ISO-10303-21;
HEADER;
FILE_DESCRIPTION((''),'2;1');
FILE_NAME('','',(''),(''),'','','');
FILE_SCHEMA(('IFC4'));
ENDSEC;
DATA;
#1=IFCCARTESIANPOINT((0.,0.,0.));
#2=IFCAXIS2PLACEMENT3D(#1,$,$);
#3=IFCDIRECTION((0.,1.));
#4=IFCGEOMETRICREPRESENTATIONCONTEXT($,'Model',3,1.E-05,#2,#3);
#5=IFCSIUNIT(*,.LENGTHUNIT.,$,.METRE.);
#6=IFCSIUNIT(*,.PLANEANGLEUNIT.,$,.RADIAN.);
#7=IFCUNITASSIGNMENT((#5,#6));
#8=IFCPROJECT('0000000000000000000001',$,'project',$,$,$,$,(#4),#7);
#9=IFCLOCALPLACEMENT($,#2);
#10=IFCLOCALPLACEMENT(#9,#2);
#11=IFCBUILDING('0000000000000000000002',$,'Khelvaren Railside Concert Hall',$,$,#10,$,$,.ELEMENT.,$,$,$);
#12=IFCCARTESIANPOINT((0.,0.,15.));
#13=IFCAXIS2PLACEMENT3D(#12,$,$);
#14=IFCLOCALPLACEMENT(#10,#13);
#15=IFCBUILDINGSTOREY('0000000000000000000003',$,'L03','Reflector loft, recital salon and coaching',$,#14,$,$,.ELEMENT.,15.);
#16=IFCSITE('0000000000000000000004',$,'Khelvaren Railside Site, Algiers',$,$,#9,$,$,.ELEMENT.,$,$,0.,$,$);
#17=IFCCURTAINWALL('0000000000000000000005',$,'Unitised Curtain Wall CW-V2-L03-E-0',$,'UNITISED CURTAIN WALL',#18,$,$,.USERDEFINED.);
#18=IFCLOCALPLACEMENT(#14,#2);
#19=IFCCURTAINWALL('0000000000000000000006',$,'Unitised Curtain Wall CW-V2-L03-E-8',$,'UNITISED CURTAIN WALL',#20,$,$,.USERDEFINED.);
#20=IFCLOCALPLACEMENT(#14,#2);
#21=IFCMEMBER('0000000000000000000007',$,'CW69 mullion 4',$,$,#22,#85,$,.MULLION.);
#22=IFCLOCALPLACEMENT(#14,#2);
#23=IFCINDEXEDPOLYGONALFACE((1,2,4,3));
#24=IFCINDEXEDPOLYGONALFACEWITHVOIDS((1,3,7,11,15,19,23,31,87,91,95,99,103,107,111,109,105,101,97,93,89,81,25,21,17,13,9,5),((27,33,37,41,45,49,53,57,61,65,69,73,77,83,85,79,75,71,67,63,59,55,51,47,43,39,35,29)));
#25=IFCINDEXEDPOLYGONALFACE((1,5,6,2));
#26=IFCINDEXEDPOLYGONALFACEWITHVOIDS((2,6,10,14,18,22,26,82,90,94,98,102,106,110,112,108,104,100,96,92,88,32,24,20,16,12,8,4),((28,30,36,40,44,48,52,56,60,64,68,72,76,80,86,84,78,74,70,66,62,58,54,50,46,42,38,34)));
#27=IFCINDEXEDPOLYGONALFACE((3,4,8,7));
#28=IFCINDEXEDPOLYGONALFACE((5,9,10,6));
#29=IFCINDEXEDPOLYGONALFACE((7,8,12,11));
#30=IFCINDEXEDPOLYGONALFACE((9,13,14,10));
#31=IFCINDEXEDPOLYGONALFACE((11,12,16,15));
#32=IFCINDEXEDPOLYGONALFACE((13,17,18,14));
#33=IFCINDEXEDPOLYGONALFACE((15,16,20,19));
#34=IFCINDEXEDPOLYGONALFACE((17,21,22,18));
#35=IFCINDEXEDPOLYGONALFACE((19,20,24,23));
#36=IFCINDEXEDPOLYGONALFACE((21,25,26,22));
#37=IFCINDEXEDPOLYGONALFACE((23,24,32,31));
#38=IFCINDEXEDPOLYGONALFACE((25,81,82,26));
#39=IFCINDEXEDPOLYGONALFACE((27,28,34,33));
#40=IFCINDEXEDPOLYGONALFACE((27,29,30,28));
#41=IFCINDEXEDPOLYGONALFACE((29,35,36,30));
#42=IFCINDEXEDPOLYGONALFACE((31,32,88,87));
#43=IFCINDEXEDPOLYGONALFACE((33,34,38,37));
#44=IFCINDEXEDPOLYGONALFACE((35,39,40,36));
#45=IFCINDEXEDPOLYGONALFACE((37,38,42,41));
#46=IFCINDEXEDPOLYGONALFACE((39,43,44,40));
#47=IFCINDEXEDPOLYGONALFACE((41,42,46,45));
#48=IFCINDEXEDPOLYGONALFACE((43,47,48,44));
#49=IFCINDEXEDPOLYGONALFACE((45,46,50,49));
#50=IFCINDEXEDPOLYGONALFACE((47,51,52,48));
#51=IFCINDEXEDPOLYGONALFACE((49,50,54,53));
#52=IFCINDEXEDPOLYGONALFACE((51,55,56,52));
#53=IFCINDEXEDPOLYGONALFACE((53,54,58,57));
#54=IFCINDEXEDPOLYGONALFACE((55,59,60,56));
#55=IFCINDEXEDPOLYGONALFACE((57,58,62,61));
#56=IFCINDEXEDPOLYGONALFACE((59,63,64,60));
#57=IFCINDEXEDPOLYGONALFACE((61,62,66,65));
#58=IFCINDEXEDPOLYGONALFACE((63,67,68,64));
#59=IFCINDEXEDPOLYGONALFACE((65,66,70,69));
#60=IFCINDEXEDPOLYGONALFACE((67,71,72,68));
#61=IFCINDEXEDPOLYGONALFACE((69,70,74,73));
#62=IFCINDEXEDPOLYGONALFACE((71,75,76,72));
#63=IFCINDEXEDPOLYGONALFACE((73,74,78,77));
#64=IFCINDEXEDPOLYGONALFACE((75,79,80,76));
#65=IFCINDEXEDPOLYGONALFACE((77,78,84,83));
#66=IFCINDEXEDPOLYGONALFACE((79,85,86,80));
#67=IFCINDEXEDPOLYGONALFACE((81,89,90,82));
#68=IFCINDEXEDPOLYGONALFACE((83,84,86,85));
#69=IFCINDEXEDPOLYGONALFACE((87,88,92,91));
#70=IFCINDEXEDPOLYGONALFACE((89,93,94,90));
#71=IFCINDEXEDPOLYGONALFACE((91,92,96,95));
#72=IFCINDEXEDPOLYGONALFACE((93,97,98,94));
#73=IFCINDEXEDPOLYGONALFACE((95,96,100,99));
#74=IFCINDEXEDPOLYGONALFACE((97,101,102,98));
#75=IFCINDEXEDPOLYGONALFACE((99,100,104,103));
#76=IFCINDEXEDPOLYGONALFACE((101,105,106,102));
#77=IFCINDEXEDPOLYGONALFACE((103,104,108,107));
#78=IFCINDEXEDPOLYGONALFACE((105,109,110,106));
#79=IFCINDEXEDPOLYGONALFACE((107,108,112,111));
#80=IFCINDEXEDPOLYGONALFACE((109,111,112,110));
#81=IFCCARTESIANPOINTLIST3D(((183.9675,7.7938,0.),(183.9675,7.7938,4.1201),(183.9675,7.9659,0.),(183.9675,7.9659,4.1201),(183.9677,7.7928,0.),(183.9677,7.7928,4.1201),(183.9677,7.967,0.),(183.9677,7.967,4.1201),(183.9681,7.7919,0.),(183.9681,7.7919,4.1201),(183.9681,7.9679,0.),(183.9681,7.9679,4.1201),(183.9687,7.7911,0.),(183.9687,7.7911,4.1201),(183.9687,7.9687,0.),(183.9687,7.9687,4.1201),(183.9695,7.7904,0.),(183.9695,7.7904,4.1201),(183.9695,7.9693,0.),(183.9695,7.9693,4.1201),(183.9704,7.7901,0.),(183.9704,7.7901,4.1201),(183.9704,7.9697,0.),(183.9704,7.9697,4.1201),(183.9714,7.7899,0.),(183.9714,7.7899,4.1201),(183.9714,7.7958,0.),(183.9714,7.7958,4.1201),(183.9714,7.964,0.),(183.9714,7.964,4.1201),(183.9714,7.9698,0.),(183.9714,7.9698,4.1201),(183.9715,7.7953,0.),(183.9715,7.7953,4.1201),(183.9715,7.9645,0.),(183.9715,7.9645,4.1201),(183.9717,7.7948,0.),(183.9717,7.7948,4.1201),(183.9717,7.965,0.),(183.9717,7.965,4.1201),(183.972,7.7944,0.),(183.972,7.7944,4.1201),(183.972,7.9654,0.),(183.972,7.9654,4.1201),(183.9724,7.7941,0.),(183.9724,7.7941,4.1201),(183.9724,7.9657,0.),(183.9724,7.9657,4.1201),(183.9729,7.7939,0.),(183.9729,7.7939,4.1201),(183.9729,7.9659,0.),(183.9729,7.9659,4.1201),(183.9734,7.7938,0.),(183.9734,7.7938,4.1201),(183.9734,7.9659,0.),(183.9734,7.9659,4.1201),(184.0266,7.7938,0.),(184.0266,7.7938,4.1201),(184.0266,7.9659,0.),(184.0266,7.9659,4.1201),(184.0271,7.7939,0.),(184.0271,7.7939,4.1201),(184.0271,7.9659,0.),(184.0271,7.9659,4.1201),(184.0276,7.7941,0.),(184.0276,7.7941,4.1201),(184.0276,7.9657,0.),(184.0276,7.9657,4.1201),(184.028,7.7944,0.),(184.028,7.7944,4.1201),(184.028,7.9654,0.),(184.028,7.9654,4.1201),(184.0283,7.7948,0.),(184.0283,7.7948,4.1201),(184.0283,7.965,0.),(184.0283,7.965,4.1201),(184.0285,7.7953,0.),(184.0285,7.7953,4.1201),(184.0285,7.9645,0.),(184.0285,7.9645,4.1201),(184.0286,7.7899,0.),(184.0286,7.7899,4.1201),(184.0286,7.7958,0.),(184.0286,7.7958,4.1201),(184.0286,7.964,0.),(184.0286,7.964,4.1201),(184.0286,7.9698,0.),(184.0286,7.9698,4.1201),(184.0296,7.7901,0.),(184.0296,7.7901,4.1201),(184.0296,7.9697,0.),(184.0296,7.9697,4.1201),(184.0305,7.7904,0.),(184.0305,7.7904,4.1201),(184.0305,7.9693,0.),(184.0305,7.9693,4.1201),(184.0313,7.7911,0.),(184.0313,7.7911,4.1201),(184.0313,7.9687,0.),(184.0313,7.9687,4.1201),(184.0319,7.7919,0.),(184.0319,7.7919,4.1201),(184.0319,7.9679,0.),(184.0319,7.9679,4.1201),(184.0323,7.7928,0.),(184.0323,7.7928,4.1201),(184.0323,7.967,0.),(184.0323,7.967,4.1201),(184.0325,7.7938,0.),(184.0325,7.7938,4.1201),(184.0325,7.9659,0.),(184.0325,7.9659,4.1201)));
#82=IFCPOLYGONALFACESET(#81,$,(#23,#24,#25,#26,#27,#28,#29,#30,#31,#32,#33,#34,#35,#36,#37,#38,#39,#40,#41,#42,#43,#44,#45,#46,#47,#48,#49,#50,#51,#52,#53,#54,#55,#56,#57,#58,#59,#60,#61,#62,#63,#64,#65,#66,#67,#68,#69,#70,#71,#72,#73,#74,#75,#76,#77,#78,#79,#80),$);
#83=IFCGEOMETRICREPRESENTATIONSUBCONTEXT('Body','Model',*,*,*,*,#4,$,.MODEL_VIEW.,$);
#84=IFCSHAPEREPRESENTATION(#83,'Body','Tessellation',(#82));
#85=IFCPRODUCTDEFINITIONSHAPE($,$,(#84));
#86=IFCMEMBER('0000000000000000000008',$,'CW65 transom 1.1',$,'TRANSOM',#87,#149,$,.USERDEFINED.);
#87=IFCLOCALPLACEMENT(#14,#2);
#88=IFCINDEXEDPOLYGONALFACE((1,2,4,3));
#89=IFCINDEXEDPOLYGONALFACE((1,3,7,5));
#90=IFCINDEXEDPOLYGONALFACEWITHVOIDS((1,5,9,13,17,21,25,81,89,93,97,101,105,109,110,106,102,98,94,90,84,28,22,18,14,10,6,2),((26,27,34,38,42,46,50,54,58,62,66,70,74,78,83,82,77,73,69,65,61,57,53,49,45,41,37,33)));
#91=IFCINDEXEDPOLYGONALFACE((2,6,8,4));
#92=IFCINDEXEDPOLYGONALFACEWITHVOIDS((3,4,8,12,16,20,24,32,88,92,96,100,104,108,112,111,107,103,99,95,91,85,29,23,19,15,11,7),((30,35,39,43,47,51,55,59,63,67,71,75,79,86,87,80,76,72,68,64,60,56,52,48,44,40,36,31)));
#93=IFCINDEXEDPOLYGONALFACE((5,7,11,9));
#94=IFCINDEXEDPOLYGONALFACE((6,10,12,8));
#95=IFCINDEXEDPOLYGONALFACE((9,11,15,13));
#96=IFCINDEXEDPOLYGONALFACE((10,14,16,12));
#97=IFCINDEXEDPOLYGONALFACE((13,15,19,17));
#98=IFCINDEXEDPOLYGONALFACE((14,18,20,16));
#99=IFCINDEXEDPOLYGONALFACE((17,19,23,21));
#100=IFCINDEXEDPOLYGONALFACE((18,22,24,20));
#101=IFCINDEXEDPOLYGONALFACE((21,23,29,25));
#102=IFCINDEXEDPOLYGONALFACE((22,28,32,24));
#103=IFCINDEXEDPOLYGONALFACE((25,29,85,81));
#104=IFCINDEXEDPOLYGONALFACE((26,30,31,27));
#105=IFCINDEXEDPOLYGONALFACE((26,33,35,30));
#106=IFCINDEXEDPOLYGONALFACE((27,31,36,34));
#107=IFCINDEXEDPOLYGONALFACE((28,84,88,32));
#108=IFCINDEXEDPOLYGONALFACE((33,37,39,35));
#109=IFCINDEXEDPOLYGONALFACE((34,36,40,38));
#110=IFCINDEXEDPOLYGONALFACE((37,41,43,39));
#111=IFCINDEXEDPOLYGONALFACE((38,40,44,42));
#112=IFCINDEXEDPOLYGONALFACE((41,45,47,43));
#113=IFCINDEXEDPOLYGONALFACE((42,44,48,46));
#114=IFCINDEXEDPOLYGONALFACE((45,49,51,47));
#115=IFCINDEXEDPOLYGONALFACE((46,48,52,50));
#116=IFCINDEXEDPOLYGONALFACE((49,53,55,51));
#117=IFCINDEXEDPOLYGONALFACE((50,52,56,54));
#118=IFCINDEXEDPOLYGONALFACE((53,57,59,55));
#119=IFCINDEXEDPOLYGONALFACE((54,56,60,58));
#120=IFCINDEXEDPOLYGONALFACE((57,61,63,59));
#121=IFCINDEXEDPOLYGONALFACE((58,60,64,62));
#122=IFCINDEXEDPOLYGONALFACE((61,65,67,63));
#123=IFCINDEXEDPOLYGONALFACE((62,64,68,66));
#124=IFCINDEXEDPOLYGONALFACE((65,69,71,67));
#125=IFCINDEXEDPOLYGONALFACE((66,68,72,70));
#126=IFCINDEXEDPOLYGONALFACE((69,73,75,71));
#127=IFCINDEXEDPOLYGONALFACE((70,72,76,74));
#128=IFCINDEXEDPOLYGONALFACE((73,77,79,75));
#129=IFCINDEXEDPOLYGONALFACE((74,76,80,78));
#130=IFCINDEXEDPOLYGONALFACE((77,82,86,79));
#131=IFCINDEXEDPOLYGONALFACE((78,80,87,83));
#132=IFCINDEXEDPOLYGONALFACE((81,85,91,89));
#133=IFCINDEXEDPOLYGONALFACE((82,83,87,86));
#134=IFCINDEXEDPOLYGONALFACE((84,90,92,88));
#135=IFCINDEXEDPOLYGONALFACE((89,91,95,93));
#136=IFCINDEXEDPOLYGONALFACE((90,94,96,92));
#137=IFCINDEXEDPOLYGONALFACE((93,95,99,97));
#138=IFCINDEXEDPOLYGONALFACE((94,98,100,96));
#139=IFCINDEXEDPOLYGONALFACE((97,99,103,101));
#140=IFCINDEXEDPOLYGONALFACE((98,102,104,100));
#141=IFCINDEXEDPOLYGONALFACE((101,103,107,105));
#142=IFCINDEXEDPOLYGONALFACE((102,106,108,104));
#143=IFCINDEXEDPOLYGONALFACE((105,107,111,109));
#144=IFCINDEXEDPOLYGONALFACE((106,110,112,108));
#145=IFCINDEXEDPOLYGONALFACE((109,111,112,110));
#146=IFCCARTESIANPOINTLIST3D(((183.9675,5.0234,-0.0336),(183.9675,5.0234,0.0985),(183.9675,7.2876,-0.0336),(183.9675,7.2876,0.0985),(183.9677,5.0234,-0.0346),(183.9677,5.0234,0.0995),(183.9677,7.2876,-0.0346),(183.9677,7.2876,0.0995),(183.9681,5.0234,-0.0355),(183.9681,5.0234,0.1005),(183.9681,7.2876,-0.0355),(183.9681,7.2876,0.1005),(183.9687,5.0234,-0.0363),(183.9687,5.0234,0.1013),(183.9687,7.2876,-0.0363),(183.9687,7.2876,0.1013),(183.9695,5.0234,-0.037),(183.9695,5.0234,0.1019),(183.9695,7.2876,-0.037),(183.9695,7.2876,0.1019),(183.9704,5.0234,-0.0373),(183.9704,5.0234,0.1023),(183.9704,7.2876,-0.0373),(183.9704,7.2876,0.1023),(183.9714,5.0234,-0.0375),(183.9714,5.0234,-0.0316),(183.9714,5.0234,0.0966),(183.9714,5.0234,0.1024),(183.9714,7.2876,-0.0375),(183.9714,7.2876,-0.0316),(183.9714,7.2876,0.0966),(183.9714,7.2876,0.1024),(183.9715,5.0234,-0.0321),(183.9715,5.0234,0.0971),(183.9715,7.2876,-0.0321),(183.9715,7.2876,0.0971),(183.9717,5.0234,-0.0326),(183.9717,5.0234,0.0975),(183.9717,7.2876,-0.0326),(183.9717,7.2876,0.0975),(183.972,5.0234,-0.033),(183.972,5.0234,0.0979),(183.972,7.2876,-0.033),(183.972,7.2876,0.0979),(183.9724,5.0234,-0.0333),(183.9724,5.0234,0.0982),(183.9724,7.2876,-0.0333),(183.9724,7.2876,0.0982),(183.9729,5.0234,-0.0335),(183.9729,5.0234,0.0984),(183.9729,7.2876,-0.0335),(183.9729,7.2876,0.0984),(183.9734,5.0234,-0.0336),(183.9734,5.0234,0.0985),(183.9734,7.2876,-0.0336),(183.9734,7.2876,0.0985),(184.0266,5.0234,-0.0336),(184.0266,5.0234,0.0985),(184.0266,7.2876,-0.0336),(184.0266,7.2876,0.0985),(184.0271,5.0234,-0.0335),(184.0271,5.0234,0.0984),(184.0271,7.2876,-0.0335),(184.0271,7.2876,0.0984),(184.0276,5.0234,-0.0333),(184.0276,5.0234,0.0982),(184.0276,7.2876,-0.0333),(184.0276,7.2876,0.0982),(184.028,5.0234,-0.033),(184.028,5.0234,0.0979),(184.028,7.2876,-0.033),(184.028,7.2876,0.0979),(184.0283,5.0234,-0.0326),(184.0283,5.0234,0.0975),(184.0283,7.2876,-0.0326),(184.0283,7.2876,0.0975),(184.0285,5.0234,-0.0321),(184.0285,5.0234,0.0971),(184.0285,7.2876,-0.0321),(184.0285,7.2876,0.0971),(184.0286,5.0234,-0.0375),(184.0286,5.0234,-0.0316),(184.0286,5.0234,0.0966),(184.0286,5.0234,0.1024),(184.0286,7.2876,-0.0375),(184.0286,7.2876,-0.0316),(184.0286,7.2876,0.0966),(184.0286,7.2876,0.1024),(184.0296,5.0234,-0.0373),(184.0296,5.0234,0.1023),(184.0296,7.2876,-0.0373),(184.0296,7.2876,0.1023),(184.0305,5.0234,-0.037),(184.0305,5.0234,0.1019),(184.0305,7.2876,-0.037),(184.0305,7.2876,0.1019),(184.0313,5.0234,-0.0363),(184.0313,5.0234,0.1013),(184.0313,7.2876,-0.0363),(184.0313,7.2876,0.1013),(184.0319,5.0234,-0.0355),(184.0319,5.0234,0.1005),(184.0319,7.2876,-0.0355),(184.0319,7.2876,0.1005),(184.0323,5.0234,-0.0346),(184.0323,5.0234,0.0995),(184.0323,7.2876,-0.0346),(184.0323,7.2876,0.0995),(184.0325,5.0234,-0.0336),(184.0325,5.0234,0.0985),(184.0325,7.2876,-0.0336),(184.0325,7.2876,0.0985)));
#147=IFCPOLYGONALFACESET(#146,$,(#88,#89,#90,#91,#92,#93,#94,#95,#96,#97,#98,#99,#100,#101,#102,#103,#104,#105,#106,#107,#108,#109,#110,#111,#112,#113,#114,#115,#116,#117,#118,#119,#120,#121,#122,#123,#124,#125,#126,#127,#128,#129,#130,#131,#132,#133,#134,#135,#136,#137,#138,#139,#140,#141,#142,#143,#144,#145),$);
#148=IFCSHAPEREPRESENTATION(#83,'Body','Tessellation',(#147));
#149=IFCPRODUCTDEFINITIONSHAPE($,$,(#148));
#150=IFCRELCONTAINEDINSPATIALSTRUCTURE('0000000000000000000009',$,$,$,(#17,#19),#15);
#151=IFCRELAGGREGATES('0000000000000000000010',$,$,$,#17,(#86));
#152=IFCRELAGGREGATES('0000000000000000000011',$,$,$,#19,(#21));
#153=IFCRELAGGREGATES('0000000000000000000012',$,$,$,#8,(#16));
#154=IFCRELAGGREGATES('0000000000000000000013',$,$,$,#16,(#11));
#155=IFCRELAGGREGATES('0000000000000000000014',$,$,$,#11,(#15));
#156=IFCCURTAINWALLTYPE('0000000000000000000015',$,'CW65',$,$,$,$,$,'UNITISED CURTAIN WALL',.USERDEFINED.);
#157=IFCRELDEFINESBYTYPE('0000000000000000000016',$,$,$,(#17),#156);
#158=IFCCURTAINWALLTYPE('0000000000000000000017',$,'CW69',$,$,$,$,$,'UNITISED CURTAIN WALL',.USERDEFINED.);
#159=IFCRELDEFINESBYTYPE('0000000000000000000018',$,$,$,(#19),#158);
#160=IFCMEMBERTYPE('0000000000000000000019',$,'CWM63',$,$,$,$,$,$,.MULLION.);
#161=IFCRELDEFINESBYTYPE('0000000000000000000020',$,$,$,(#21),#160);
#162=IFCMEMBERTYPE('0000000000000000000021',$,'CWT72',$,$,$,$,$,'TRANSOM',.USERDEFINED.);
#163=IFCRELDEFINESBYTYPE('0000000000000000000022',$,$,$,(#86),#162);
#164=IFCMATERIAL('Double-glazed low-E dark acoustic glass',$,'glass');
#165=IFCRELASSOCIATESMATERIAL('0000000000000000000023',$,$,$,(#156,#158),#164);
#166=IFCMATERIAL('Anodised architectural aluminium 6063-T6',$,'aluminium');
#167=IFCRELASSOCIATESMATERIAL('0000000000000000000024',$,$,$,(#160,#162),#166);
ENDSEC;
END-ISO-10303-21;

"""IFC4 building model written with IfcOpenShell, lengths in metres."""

from ifc_helpers import new_model, si_unit, direction, frame, origin, origin_2d, place, context, subcontext, project, spatial, hollow_rectangle, extrude, material, material_profile, profile_set, type_object, element, aggregate, save


model = new_model("IFC4")

# Units and contexts
model_context = context("Model", 3, precision=1e-05, world=origin(), true_north=direction((0.0, 1.0)))
body_context = subcontext(model_context, "Body", "Model", "MODEL_VIEW")
ifc_project = project(units=[si_unit("LENGTHUNIT", "METRE"), si_unit("PLANEANGLEUNIT", "RADIAN")], contexts=[model_context])

# Site, building, storey
site_placement = place(None, origin())
site = spatial("IfcSite", under=ifc_project, at=site_placement, Name="Khelvaren Railside Site, Algiers", CompositionType="ELEMENT", RefElevation=0.0)
building_placement = place(site_placement, origin())
building = spatial("IfcBuilding", under=site, at=building_placement, Name="Khelvaren Railside Concert Hall", CompositionType="ELEMENT")
storey_placement = place(building_placement, frame((0.0, 0.0, 15.0)))
storey = spatial("IfcBuildingStorey", under=building, at=storey_placement, Name="L03", Description="Reflector loft, recital salon and coaching", CompositionType="ELEMENT", Elevation=15.0)

# Curtain walls, member
ifc_material_1 = material(Name="Double-glazed low-E dark acoustic glass", Category="glass")
curtain_wall_type_1 = type_object("IfcCurtainWallType", Name="CW65", ElementType="UNITISED CURTAIN WALL", PredefinedType="USERDEFINED", material=ifc_material_1)
curtain_wall_1_placement = place(storey_placement, origin())
curtain_wall_1 = element("IfcCurtainWall", 1, at=curtain_wall_1_placement, inside=storey, type_object=curtain_wall_type_1, Name="Unitised Curtain Wall CW-V2-L03-E-0", ObjectType="UNITISED CURTAIN WALL", PredefinedType="USERDEFINED")
ifc_material_2 = material(Name="Anodised architectural aluminium 6063-T6", Category="aluminium")
ifc_material_profile_1 = material_profile(ifc_material_2, hollow_rectangle(XDim=0.0649, YDim=0.1799, WallThickness=0.0039, InnerFilletRadius=0.002, OuterFilletRadius=0.0039, at=origin_2d()), Name="CWM 65x180x4")
ifc_profile_set_1 = profile_set([ifc_material_profile_1], Name="Anodised architectural aluminium 6063-T6")
member_type_1 = type_object("IfcMemberType", Name="CWM63", PredefinedType="MULLION", material=ifc_profile_set_1)
curtain_wall_type_2 = type_object("IfcCurtainWallType", Name="CW69", ElementType="UNITISED CURTAIN WALL", PredefinedType="USERDEFINED", material=ifc_material_1)
curtain_wall_2_placement = place(storey_placement, origin())
curtain_wall_2 = element("IfcCurtainWall", 2, at=curtain_wall_2_placement, inside=storey, type_object=curtain_wall_type_2, Name="Unitised Curtain Wall CW-V2-L03-E-8", ObjectType="UNITISED CURTAIN WALL", PredefinedType="USERDEFINED")
member_1_placement = place(storey_placement, frame((184.0, 7.8799, 0.0), z_axis=(0.0, 0.0, 1.0), x_axis=(1.0, 0.0, 0.0)))
member_1 = element("IfcMember", 3, at=member_1_placement, type_object=member_type_1, Name="CW69 mullion 4", PredefinedType="MULLION", context=body_context, shape_type="SweptSolid", body=[
    extrude(hollow_rectangle(XDim=0.0649, YDim=0.1799, WallThickness=0.0039, InnerFilletRadius=0.002, OuterFilletRadius=0.0039, at=origin_2d()), origin(), (0.0, 0.0, 1.0), 4.1201),
])

# Member
ifc_material_profile_2 = material_profile(ifc_material_2, hollow_rectangle(XDim=0.0649, YDim=0.1399, WallThickness=0.0039, InnerFilletRadius=0.002, OuterFilletRadius=0.0039, at=origin_2d()), Name="CWT 65x140x4")
ifc_profile_set_2 = profile_set([ifc_material_profile_2], Name="Anodised architectural aluminium 6063-T6")
member_type_2 = type_object("IfcMemberType", Name="CWT72", ElementType="TRANSOM", PredefinedType="USERDEFINED", material=ifc_profile_set_2)
member_2_placement = place(storey_placement, frame((184.0, 7.2876, 0.0325), z_axis=(0.0, -1.0, 0.0), x_axis=(1.0, 0.0, 0.0)))
member_2 = element("IfcMember", 4, at=member_2_placement, type_object=member_type_2, Name="CW65 transom 1.1", ObjectType="TRANSOM", PredefinedType="USERDEFINED", context=body_context, shape_type="SweptSolid", body=[
    extrude(hollow_rectangle(XDim=0.0649, YDim=0.1399, WallThickness=0.0039, InnerFilletRadius=0.002, OuterFilletRadius=0.0039, at=origin_2d()), origin(), (0.0, 0.0, 1.0), 2.2642),
])

aggregate(curtain_wall_1, [member_2])
aggregate(curtain_wall_2, [member_1])

save(model, "model.ifc")
